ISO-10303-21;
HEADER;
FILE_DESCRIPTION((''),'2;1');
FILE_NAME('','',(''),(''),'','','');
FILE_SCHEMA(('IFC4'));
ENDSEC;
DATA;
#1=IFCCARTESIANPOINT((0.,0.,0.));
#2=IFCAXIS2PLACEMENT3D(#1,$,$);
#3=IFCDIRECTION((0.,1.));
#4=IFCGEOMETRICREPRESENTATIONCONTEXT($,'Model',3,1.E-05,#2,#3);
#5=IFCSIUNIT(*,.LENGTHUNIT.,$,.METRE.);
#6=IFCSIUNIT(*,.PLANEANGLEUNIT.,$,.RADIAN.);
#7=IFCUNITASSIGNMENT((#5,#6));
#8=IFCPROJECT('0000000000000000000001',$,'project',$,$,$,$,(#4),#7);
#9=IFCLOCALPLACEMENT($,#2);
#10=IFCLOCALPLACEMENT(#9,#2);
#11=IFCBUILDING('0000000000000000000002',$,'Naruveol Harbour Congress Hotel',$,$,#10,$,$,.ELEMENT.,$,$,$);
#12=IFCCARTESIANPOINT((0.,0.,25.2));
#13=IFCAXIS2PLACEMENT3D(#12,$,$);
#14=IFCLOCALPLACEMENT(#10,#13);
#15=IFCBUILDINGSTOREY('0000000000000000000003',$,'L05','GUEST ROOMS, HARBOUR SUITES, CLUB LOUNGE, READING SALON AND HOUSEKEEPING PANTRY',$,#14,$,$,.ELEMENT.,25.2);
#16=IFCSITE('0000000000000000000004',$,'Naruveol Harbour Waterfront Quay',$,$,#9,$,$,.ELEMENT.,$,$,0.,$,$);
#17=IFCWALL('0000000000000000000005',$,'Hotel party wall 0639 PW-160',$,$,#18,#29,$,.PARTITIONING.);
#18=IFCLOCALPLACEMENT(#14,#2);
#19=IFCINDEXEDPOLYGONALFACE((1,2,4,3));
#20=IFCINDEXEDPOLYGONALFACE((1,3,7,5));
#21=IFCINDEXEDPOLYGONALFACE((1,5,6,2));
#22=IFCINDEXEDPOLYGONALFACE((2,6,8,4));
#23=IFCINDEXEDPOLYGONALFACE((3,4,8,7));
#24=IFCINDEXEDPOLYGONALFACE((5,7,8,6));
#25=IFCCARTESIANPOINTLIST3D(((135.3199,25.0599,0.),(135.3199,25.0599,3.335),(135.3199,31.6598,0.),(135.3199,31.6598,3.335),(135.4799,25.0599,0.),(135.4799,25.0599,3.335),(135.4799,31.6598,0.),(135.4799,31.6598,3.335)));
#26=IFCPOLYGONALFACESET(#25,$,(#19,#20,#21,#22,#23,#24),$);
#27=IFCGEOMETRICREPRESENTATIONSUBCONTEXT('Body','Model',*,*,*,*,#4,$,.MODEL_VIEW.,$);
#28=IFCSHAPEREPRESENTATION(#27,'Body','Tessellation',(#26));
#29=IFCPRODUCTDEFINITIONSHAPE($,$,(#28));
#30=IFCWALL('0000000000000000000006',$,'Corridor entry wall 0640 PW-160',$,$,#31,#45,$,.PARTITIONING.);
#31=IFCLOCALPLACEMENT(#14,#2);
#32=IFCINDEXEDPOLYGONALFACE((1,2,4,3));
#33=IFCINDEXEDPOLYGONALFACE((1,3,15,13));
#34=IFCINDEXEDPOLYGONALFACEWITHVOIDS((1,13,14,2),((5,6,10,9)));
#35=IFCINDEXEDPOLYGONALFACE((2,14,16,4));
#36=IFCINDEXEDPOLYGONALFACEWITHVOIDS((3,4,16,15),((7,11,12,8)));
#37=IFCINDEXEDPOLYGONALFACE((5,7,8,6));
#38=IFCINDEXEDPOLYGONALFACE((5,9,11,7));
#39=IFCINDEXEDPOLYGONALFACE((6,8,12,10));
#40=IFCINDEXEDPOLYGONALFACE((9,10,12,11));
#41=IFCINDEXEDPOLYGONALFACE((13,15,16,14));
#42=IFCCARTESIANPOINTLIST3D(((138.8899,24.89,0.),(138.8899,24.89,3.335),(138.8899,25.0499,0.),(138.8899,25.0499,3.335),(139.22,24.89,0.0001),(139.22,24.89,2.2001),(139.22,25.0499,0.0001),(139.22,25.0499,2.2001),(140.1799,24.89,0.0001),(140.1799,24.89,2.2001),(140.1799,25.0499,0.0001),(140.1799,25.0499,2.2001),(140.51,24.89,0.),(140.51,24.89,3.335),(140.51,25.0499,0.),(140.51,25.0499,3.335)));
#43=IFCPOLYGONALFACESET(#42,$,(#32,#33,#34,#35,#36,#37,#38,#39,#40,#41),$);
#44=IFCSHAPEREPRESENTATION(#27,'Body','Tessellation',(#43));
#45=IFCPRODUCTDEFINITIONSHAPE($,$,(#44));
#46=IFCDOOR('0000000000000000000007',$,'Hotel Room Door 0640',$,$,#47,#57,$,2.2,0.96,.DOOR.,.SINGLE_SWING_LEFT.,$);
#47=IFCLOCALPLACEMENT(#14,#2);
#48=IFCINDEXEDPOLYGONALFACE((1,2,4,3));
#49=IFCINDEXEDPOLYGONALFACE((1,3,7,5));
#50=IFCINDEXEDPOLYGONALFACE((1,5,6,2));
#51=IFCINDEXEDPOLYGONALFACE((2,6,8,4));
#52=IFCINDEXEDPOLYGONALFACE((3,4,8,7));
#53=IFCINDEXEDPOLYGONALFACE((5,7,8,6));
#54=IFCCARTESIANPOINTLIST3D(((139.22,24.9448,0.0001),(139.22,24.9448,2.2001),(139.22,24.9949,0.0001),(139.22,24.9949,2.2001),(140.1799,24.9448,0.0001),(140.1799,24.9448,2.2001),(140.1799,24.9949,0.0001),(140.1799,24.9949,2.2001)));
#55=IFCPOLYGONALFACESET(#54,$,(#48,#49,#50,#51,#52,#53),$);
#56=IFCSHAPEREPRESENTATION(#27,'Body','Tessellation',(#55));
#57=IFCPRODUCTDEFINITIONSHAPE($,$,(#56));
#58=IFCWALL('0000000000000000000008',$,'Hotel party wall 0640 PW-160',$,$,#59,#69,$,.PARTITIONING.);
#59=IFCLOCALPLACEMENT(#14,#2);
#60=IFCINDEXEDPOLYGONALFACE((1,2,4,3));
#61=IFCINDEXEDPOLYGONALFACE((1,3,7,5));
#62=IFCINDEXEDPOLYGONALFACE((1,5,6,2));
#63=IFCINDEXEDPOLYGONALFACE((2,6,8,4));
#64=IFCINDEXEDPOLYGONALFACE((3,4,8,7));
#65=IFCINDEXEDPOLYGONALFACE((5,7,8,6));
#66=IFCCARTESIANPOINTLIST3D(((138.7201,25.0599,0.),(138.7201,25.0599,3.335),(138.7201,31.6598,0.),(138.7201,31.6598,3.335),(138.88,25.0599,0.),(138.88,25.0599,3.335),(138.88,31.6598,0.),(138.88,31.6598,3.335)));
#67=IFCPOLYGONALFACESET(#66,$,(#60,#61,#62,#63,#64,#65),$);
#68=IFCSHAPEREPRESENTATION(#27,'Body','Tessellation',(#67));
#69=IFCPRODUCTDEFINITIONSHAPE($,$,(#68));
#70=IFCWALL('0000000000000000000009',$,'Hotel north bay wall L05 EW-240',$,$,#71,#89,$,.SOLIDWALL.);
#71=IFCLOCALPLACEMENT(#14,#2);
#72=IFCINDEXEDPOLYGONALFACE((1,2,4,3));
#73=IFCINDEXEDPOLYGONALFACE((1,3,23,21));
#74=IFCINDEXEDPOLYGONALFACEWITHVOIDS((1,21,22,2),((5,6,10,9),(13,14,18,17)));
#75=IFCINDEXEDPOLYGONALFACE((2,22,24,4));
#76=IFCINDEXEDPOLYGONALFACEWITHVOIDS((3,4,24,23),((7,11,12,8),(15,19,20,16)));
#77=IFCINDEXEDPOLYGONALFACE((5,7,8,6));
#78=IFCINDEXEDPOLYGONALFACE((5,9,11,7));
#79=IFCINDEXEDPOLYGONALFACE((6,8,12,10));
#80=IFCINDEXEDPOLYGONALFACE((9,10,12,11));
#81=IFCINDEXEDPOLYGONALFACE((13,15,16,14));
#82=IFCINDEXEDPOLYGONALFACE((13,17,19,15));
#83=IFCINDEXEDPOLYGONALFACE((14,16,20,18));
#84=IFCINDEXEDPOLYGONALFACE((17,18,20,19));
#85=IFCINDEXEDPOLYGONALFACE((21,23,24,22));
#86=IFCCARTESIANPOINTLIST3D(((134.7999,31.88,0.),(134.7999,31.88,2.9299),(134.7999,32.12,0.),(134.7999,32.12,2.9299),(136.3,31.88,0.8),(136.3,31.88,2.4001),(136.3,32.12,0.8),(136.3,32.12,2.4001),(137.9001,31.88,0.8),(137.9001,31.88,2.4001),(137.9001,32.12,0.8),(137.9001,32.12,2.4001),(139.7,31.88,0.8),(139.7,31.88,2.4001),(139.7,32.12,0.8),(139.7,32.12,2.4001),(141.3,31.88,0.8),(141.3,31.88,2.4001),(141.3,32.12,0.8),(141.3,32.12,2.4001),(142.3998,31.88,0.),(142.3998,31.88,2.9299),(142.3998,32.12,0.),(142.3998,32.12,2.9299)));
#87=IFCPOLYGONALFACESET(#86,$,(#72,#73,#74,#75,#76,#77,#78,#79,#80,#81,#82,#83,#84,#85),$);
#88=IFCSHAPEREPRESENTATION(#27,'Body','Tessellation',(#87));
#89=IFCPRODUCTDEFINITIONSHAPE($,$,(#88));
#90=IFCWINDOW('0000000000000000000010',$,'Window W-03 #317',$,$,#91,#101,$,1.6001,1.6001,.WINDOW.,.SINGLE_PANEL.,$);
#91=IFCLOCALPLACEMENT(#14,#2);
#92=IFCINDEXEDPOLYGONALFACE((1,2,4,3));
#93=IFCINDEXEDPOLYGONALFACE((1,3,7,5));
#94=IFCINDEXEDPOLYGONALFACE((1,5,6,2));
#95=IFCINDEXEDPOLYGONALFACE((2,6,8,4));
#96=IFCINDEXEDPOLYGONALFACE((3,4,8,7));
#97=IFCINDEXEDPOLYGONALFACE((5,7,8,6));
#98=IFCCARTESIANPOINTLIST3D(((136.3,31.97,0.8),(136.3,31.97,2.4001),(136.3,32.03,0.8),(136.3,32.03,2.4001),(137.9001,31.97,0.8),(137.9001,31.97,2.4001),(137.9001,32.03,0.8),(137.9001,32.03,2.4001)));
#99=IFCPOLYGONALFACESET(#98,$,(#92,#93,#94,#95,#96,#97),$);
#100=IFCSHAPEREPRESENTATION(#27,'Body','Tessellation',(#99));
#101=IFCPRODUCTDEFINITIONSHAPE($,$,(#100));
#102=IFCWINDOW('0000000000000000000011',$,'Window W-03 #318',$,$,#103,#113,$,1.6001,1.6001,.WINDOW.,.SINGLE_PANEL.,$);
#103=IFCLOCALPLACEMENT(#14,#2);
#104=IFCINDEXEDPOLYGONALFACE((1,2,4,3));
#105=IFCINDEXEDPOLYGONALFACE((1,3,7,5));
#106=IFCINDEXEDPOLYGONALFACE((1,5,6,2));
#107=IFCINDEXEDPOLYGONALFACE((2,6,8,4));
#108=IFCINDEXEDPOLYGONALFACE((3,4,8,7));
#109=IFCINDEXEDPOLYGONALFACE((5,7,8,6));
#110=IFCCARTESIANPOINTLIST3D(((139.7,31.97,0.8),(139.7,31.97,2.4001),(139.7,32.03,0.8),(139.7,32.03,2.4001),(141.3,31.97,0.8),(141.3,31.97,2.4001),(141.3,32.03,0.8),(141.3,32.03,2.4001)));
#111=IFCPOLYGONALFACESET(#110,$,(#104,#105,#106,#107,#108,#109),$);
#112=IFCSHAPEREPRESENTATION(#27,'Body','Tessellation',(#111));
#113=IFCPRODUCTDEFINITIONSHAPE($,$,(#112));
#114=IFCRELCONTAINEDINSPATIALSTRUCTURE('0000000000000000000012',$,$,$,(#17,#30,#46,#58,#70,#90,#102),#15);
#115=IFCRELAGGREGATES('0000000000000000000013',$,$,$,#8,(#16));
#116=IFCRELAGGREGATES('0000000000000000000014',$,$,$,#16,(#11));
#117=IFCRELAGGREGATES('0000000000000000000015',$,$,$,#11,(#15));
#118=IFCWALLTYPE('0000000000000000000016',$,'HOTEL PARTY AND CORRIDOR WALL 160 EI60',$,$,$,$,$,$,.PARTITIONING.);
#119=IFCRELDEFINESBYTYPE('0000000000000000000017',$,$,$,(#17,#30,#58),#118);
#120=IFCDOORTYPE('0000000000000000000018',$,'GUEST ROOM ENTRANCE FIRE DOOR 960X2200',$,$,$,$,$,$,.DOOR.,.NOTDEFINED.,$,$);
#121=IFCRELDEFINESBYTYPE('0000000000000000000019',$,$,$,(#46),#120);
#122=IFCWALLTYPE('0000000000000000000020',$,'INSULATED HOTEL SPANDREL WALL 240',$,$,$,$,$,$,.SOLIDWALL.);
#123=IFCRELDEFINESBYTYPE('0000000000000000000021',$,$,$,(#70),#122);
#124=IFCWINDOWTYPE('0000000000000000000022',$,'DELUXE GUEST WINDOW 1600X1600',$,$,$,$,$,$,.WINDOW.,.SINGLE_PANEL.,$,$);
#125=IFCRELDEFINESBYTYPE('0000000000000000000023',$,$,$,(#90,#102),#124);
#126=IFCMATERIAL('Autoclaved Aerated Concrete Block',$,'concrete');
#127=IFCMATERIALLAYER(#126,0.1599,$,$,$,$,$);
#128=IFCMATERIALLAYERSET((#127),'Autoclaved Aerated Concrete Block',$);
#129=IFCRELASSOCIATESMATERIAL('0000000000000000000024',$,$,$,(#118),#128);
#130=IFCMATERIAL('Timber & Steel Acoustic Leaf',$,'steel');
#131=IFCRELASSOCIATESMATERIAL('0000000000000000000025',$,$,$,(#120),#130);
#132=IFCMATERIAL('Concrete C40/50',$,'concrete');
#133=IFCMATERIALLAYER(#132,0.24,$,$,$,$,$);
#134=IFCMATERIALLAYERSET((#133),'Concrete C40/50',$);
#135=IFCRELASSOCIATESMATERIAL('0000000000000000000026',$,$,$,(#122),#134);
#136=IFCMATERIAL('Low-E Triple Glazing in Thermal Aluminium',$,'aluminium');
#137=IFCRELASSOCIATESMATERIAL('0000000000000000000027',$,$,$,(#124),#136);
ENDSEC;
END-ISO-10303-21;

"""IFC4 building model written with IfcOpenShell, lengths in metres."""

from ifc_helpers import new_model, si_unit, direction, frame, frame_2d, origin, place, context, subcontext, project, spatial, rectangle, extrude, material, layer, layer_set, type_object, element, fill, save


model = new_model("IFC4")

# Units and contexts
model_context = context("Model", 3, precision=1e-05, world=origin(), true_north=direction((0.0, 1.0)))
body_context = subcontext(model_context, "Body", "Model", "MODEL_VIEW")
ifc_project = project(units=[si_unit("LENGTHUNIT", "METRE"), si_unit("PLANEANGLEUNIT", "RADIAN")], contexts=[model_context])

# Site, building, storey
site_placement = place(None, origin())
site = spatial("IfcSite", under=ifc_project, at=site_placement, Name="Naruveol Harbour Waterfront Quay", CompositionType="ELEMENT", RefElevation=0.0)
building_placement = place(site_placement, origin())
building = spatial("IfcBuilding", under=site, at=building_placement, Name="Naruveol Harbour Congress Hotel", CompositionType="ELEMENT")
storey_placement = place(building_placement, frame((0.0, 0.0, 25.2)))
storey = spatial("IfcBuildingStorey", under=building, at=storey_placement, Name="L05", Description="GUEST ROOMS, HARBOUR SUITES, CLUB LOUNGE, READING SALON AND HOUSEKEEPING PANTRY", CompositionType="ELEMENT", Elevation=25.2)

# Shared definitions
ifc_material_1 = material(Name="Autoclaved Aerated Concrete Block", Category="concrete")
ifc_layer_1 = layer(ifc_material_1, 0.1599)
ifc_layer_set_1 = layer_set([ifc_layer_1], Name="Autoclaved Aerated Concrete Block")
wall_type_1 = type_object("IfcWallType", Name="HOTEL PARTY AND CORRIDOR WALL 160 EI60", PredefinedType="PARTITIONING", material=ifc_layer_set_1)
ifc_material_2 = material(Name="Timber & Steel Acoustic Leaf", Category="steel")
door_type_1 = type_object("IfcDoorType", Name="GUEST ROOM ENTRANCE FIRE DOOR 960X2200", OperationType="NOTDEFINED", PredefinedType="DOOR", material=ifc_material_2)

# Wall
wall_1_placement = place(storey_placement, frame((135.3999, 25.0601, 0.0), z_axis=(0.0, 0.0, 1.0), x_axis=(0.0, 1.0, 0.0)))
element("IfcWall", 1, at=wall_1_placement, inside=storey, type_object=wall_type_1, Name="Hotel party wall 0639 PW-160", PredefinedType="PARTITIONING", context=body_context, shape_type="SweptSolid", body=[
    extrude(rectangle(XDim=6.5999, YDim=0.1599, at=frame_2d((3.2998, 0.0))), origin(), (0.0, 0.0, 1.0), 3.335),
])

# Wall, opening, door
wall_2_placement = place(storey_placement, frame((138.8899, 24.97, 0.0), z_axis=(0.0, 0.0, 1.0), x_axis=(1.0, 0.0, 0.0)))
wall_2 = element("IfcWall", 2, at=wall_2_placement, inside=storey, type_object=wall_type_1, Name="Corridor entry wall 0640 PW-160", PredefinedType="PARTITIONING", context=body_context, shape_type="SweptSolid", body=[
    extrude(rectangle(XDim=1.6201, YDim=0.1599, at=frame_2d((0.8101, 0.0))), origin(), (0.0, 0.0, 1.0), 3.335),
])
opening_1_placement = place(wall_2_placement, frame((0.3301, 0.0, 0.0)))
opening_1 = element("IfcOpeningElement", 3, at=opening_1_placement, cuts=wall_2, PredefinedType="OPENING", context=body_context, shape_type="SweptSolid", body=[
    extrude(rectangle(XDim=0.96, YDim=2.2, at=frame_2d((0.48, 1.1001))), frame((0.0, 0.0898, 0.0), z_axis=(0.0, -1.0, 0.0), x_axis=(1.0, 0.0, 0.0)), (0.0, 0.0, 1.0), 0.1799),
])
door_1_placement = place(opening_1_placement, origin())
door_1 = element("IfcDoor", 4, at=door_1_placement, inside=storey, type_object=door_type_1, Name="Hotel Room Door 0640", OperationType="SINGLE_SWING_LEFT", OverallHeight=2.2, OverallWidth=0.96, PredefinedType="DOOR", context=body_context, shape_type="SweptSolid", body=[
    extrude(rectangle(XDim=0.96, YDim=2.2, at=frame_2d((0.48, 1.1001))), frame((0.0, 0.0249, 0.0), z_axis=(0.0, -1.0, 0.0), x_axis=(1.0, 0.0, 0.0)), (0.0, 0.0, 1.0), 0.05),
])
fill(opening_1, door_1)

# Wall
wall_3_placement = place(storey_placement, frame((138.8, 25.0601, 0.0), z_axis=(0.0, 0.0, 1.0), x_axis=(0.0, 1.0, 0.0)))
element("IfcWall", 5, at=wall_3_placement, inside=storey, type_object=wall_type_1, Name="Hotel party wall 0640 PW-160", PredefinedType="PARTITIONING", context=body_context, shape_type="SweptSolid", body=[
    extrude(rectangle(XDim=6.5999, YDim=0.1599, at=frame_2d((3.2998, 0.0))), origin(), (0.0, 0.0, 1.0), 3.335),
])

# Wall, openings, windows
ifc_material_3 = material(Name="Concrete C40/50", Category="concrete")
ifc_layer_2 = layer(ifc_material_3, 0.24)
ifc_layer_set_2 = layer_set([ifc_layer_2], Name="Concrete C40/50")
wall_type_2 = type_object("IfcWallType", Name="INSULATED HOTEL SPANDREL WALL 240", PredefinedType="SOLIDWALL", material=ifc_layer_set_2)
wall_4_placement = place(storey_placement, frame((134.8, 32.0, 0.0), z_axis=(0.0, 0.0, 1.0), x_axis=(1.0, 0.0, 0.0)))
wall_4 = element("IfcWall", 6, at=wall_4_placement, inside=storey, type_object=wall_type_2, Name="Hotel north bay wall L05 EW-240", PredefinedType="SOLIDWALL", context=body_context, shape_type="SweptSolid", body=[
    extrude(rectangle(XDim=7.5999, YDim=0.24, at=frame_2d((3.7998, 0.0))), origin(), (0.0, 0.0, 1.0), 2.9299),
])
opening_2_placement = place(wall_4_placement, frame((1.5, 0.0, 0.8)))
opening_2 = element("IfcOpeningElement", 7, at=opening_2_placement, cuts=wall_4, PredefinedType="OPENING", context=body_context, shape_type="SweptSolid", body=[
    extrude(rectangle(XDim=1.6001, YDim=1.6001, at=frame_2d((0.8, 0.8))), frame((0.0, 0.1299, 0.0), z_axis=(0.0, -1.0, 0.0), x_axis=(1.0, 0.0, 0.0)), (0.0, 0.0, 1.0), 0.26),
])
opening_3_placement = place(wall_4_placement, frame((4.8999, 0.0, 0.8)))
opening_3 = element("IfcOpeningElement", 8, at=opening_3_placement, cuts=wall_4, PredefinedType="OPENING", context=body_context, shape_type="SweptSolid", body=[
    extrude(rectangle(XDim=1.6001, YDim=1.6001, at=frame_2d((0.8, 0.8))), frame((0.0, 0.1299, 0.0), z_axis=(0.0, -1.0, 0.0), x_axis=(1.0, 0.0, 0.0)), (0.0, 0.0, 1.0), 0.26),
])
ifc_material_4 = material(Name="Low-E Triple Glazing in Thermal Aluminium", Category="aluminium")
window_type = type_object("IfcWindowType", Name="DELUXE GUEST WINDOW 1600X1600", PartitioningType="SINGLE_PANEL", PredefinedType="WINDOW", material=ifc_material_4)
window_1_placement = place(opening_2_placement, origin())
window_1 = element("IfcWindow", 9, at=window_1_placement, inside=storey, type_object=window_type, Name="Window W-03 #317", OverallHeight=1.6001, OverallWidth=1.6001, PartitioningType="SINGLE_PANEL", PredefinedType="WINDOW", context=body_context, shape_type="SweptSolid", body=[
    extrude(rectangle(XDim=1.6001, YDim=1.6001, at=frame_2d((0.8, 0.8))), frame((0.0, 0.03, 0.0), z_axis=(0.0, -1.0, 0.0), x_axis=(1.0, 0.0, 0.0)), (0.0, 0.0, 1.0), 0.0601),
])
fill(opening_2, window_1)
window_2_placement = place(opening_3_placement, origin())
window_2 = element("IfcWindow", 10, at=window_2_placement, inside=storey, type_object=window_type, Name="Window W-03 #318", OverallHeight=1.6001, OverallWidth=1.6001, PartitioningType="SINGLE_PANEL", PredefinedType="WINDOW", context=body_context, shape_type="SweptSolid", body=[
    extrude(rectangle(XDim=1.6001, YDim=1.6001, at=frame_2d((0.8, 0.8))), frame((0.0, 0.03, 0.0), z_axis=(0.0, -1.0, 0.0), x_axis=(1.0, 0.0, 0.0)), (0.0, 0.0, 1.0), 0.0601),
])
fill(opening_3, window_2)

save(model, "model.ifc")
